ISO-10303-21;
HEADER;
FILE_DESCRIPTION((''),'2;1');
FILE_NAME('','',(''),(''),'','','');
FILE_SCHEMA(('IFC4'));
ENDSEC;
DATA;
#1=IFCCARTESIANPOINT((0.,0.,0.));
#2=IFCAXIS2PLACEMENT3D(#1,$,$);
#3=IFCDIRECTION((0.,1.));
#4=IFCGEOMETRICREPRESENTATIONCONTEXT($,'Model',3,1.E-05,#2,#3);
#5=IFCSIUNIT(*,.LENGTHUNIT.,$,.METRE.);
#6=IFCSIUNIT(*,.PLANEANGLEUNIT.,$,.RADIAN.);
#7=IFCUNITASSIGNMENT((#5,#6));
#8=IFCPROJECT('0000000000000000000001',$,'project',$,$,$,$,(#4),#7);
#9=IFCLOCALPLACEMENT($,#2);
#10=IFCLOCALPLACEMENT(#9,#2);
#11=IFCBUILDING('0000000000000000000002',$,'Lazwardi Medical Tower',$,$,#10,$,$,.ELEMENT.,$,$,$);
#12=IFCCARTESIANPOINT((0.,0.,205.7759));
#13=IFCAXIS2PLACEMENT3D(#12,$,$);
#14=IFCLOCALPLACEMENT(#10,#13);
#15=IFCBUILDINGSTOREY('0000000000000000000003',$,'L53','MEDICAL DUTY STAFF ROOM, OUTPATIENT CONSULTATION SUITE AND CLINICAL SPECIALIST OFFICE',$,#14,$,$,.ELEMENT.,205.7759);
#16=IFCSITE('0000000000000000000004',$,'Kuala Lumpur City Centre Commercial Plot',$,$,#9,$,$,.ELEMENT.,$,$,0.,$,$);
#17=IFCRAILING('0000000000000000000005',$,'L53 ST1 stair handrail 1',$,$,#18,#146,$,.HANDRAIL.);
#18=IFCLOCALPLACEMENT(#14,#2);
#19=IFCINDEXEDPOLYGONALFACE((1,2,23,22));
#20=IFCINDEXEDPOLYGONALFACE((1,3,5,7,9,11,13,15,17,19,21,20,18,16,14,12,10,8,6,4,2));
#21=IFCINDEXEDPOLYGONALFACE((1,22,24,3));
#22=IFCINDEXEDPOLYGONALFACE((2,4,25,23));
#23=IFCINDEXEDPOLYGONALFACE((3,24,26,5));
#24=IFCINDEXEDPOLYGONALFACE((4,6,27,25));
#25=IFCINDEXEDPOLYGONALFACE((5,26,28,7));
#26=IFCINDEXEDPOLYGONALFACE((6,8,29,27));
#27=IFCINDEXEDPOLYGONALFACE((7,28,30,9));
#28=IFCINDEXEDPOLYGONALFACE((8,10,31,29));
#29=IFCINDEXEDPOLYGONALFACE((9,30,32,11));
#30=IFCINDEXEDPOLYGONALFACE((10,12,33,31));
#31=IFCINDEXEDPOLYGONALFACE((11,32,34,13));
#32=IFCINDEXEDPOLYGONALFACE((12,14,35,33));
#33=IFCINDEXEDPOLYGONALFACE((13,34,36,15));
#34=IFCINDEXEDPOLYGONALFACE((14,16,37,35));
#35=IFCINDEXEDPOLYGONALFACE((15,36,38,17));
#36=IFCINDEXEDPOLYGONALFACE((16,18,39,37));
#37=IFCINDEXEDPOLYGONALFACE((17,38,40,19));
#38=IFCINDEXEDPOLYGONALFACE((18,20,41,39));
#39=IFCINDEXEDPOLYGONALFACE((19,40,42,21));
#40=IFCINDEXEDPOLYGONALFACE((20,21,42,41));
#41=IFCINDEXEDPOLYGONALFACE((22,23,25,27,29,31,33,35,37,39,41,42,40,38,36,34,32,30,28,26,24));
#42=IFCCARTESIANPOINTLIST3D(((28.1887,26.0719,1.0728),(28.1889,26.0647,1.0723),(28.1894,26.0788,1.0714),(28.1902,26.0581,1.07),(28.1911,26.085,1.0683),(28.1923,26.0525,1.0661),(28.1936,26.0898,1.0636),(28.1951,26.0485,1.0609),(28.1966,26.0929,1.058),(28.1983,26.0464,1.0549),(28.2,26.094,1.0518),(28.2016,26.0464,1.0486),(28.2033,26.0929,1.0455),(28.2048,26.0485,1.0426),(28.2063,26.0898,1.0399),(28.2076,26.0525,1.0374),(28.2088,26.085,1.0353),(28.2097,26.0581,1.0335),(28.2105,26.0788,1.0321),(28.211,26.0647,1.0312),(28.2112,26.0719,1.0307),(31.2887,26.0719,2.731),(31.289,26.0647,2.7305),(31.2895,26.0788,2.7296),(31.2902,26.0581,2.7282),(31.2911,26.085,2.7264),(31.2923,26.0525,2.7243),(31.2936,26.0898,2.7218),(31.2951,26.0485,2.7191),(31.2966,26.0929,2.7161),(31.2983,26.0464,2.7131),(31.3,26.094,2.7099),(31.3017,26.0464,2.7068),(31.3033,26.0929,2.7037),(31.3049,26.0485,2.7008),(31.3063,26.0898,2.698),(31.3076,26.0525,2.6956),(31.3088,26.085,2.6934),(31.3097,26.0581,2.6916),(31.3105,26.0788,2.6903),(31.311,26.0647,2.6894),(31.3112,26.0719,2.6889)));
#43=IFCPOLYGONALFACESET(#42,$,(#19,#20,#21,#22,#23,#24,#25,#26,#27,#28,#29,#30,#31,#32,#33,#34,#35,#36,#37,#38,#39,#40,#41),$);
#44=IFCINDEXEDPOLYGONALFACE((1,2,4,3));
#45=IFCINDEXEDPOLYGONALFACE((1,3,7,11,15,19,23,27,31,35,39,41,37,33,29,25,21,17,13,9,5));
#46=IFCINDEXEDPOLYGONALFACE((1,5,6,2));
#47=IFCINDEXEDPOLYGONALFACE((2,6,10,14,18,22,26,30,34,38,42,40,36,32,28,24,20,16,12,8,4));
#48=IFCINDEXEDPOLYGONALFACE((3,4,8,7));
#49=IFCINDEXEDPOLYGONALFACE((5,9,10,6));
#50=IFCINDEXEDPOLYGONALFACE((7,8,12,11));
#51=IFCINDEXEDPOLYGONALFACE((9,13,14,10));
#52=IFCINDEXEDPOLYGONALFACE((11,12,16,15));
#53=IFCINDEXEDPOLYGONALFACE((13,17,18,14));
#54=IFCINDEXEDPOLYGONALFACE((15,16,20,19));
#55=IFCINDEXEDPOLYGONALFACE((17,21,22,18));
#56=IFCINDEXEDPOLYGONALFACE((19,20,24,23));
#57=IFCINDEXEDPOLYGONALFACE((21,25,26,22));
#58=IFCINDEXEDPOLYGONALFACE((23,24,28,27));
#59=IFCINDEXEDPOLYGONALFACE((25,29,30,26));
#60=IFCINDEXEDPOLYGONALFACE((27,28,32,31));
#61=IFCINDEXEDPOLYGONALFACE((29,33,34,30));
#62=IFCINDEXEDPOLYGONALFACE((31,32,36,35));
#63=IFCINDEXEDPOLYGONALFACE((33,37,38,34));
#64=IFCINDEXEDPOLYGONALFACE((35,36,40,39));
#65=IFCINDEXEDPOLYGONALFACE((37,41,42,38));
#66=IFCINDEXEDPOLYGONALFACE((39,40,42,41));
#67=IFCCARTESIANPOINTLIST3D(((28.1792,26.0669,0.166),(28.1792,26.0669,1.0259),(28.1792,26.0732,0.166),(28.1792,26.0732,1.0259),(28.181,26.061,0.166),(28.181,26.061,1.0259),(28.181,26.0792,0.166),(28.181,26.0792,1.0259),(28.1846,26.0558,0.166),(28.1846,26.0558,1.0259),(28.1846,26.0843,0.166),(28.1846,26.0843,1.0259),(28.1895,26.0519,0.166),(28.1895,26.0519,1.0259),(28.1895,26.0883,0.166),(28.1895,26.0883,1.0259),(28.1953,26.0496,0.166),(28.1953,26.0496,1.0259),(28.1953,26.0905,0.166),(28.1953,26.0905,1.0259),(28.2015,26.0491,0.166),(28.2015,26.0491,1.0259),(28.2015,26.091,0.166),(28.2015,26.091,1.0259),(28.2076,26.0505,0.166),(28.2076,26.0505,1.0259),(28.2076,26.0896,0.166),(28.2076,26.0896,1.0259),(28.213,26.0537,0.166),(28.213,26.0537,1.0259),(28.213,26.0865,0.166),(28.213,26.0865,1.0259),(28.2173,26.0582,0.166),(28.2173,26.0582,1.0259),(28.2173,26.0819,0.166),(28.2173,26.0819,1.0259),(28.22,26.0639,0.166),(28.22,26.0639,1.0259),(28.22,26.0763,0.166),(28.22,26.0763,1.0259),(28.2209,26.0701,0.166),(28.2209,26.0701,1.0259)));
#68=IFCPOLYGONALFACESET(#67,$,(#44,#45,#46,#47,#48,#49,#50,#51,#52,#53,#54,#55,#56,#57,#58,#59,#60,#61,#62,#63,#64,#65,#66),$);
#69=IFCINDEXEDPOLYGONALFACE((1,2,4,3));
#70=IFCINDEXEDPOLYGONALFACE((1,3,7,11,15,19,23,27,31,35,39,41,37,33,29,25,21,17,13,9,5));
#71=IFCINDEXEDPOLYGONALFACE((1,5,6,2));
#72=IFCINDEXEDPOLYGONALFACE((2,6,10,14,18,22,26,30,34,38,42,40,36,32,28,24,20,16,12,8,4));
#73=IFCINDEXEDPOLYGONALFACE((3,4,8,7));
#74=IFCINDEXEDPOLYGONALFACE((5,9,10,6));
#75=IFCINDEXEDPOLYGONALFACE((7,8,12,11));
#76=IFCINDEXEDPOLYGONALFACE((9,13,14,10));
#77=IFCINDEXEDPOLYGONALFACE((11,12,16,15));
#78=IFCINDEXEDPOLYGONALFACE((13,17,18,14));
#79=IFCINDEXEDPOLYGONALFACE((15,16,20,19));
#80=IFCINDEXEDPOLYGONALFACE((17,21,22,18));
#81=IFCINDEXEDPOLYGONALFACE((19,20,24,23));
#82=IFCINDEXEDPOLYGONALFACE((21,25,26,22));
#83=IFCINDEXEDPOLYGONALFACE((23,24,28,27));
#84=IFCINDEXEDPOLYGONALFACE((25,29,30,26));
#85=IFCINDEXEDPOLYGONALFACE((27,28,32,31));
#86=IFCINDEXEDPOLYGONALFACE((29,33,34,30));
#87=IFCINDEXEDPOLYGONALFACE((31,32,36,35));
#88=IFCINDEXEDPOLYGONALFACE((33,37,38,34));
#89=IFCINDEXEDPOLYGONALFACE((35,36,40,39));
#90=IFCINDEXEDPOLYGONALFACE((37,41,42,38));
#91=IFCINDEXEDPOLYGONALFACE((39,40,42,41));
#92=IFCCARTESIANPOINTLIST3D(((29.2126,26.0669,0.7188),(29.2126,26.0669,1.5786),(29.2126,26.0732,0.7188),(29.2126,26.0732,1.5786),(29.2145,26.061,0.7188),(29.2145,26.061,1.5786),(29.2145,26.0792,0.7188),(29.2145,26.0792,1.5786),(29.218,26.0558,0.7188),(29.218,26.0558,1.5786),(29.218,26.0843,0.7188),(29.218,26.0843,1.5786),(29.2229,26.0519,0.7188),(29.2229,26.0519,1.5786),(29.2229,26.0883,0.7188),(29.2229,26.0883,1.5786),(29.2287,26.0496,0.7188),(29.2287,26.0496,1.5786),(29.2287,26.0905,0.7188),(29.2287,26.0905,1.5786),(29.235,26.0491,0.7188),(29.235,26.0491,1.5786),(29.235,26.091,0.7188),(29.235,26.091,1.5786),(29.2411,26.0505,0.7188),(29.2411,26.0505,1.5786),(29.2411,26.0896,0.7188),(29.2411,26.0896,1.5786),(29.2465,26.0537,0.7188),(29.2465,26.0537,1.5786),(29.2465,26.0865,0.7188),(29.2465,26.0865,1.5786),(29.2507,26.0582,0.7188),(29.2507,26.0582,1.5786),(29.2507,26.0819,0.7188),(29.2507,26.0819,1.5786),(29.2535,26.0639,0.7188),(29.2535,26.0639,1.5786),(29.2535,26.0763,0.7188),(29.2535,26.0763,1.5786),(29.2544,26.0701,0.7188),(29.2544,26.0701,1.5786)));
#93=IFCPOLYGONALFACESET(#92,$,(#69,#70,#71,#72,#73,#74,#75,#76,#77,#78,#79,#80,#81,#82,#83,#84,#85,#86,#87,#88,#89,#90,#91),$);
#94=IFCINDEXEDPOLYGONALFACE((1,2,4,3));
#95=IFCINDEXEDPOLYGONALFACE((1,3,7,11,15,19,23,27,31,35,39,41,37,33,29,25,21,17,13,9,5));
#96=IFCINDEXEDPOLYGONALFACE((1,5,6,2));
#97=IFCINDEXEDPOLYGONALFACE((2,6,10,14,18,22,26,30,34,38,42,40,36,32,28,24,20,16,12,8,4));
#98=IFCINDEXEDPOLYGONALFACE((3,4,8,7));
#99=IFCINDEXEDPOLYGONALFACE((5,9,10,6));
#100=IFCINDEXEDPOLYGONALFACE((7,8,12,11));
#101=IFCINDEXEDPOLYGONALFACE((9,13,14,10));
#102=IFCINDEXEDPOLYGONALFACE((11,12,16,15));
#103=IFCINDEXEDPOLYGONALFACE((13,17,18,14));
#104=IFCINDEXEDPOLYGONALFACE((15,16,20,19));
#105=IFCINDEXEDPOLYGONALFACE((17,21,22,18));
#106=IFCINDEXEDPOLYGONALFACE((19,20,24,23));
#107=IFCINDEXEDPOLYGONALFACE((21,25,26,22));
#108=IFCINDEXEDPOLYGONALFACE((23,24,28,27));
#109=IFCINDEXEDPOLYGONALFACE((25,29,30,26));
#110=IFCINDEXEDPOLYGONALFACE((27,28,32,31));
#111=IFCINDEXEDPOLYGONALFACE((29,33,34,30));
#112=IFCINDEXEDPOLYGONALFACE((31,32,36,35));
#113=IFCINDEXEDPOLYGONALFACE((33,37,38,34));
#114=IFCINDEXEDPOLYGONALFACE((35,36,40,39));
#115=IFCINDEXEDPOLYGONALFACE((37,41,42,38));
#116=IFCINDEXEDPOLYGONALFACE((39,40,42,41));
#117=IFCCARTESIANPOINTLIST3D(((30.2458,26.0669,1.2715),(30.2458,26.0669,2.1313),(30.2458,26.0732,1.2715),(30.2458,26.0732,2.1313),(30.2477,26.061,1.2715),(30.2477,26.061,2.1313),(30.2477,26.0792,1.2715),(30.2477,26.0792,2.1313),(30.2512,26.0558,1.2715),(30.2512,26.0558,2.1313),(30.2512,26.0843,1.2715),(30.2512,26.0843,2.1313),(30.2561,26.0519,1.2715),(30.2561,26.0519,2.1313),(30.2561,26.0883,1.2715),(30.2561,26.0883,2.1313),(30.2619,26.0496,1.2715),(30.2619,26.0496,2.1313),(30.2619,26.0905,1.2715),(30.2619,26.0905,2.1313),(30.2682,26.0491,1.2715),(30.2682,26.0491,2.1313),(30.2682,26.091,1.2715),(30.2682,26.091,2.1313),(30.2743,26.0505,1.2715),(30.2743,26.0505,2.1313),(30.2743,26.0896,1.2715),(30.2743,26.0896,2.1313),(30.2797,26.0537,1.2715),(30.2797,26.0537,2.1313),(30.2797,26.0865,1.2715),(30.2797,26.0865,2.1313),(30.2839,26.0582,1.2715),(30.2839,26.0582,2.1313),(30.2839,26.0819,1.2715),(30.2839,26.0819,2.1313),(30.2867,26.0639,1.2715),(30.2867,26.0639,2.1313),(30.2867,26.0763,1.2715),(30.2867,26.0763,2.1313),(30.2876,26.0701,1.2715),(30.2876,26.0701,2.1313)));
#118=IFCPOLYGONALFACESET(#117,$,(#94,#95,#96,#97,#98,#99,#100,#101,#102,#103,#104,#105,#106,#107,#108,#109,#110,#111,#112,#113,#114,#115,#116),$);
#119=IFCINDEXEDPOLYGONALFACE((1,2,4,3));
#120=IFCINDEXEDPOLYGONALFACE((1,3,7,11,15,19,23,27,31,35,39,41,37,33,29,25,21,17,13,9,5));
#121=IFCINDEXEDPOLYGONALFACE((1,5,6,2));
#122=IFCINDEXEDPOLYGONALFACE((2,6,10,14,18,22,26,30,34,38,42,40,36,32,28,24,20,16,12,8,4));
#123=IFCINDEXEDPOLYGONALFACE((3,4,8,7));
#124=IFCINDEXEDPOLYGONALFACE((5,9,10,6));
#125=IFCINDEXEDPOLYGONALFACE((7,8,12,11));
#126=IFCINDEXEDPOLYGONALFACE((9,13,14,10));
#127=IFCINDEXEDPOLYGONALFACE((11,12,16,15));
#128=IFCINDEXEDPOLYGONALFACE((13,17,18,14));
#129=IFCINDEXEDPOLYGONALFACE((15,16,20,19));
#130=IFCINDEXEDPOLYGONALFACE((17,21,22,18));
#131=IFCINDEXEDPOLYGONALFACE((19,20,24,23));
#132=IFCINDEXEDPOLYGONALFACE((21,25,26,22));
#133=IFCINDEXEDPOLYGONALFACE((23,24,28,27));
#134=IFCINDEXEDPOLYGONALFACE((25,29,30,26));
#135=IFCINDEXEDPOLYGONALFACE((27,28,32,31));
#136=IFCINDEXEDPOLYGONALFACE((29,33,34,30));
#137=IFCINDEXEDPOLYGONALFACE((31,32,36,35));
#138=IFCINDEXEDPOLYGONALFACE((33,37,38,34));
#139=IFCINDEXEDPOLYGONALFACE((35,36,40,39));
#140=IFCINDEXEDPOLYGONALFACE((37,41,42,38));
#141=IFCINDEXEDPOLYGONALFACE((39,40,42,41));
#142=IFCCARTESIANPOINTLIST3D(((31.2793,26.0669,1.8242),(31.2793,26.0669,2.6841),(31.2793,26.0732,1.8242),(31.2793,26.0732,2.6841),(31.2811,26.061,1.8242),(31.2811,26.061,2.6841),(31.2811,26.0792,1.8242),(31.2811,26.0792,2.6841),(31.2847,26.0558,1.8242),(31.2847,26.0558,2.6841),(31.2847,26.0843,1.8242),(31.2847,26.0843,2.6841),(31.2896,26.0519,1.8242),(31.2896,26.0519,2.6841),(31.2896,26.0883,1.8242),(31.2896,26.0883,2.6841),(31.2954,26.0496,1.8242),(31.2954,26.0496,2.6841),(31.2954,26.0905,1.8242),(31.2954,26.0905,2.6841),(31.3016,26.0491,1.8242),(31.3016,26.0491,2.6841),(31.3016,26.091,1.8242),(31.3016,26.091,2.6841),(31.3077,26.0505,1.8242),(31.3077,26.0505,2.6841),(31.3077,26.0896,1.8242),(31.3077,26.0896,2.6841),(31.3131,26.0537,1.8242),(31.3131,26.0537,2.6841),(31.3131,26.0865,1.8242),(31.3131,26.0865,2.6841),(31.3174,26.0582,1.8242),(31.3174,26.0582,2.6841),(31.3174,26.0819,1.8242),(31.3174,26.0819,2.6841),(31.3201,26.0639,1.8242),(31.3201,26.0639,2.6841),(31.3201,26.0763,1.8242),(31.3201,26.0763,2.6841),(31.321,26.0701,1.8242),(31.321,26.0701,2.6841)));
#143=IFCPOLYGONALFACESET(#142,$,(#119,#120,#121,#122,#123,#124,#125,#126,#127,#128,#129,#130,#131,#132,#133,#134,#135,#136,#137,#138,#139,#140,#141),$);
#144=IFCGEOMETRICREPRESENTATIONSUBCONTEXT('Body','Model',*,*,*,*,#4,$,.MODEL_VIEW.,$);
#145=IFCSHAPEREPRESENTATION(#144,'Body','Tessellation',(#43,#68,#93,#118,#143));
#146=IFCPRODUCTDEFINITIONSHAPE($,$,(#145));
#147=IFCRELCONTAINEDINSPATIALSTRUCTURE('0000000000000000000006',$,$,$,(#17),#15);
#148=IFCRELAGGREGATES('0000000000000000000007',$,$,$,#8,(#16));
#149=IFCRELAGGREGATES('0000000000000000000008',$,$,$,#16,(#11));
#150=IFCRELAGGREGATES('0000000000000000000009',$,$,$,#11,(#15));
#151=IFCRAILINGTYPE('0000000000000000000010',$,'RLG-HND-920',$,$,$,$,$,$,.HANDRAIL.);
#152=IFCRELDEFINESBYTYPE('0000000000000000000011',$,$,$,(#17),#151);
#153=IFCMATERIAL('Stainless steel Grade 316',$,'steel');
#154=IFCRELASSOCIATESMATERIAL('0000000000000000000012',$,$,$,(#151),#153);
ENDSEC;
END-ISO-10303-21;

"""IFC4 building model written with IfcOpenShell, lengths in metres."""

from ifc_helpers import new_model, si_unit, direction, frame, origin, origin_2d, place, context, subcontext, project, spatial, circle, extrude, material, type_object, element, save


model = new_model("IFC4")

# Units and contexts
model_context = context("Model", 3, precision=1e-05, world=origin(), true_north=direction((0.0, 1.0)))
body_context = subcontext(model_context, "Body", "Model", "MODEL_VIEW")
ifc_project = project(units=[si_unit("LENGTHUNIT", "METRE"), si_unit("PLANEANGLEUNIT", "RADIAN")], contexts=[model_context])

# Site, building, storey
site_placement = place(None, origin())
site = spatial("IfcSite", under=ifc_project, at=site_placement, Name="Kuala Lumpur City Centre Commercial Plot", CompositionType="ELEMENT", RefElevation=0.0)
building_placement = place(site_placement, origin())
building = spatial("IfcBuilding", under=site, at=building_placement, Name="Lazwardi Medical Tower", CompositionType="ELEMENT")
storey_placement = place(building_placement, frame((0.0, 0.0, 205.7759)))
storey = spatial("IfcBuildingStorey", under=building, at=storey_placement, Name="L53", Description="MEDICAL DUTY STAFF ROOM, OUTPATIENT CONSULTATION SUITE AND CLINICAL SPECIALIST OFFICE", CompositionType="ELEMENT", Elevation=205.7759)

# Railing
ifc_material_1 = material(Name="Stainless steel Grade 316", Category="steel")
railing_type_1 = type_object("IfcRailingType", Name="RLG-HND-920", PredefinedType="HANDRAIL", material=ifc_material_1)
railing_1_placement = place(storey_placement, frame((28.2, 26.0701, 0.166)))
element("IfcRailing", 1, at=railing_1_placement, inside=storey, type_object=railing_type_1, Name="L53 ST1 stair handrail 1", PredefinedType="HANDRAIL", context=body_context, shape_type="SweptSolid", body=[
    extrude(circle(Radius=0.0239, at=origin_2d()), frame((0.0, 0.0, 0.8857), z_axis=(0.881783, 0.0, 0.471655), x_axis=(0.0, 1.0, 0.0)), (0.0, 0.0, 1.0), 3.5156),
    extrude(circle(Radius=0.021, at=origin_2d()), origin(), (0.0, 0.0, 1.0), 0.8599),
    extrude(circle(Radius=0.021, at=origin_2d()), frame((1.0334, 0.0, 0.5527)), (0.0, 0.0, 1.0), 0.8599),
    extrude(circle(Radius=0.021, at=origin_2d()), frame((2.0667, 0.0, 1.1055)), (0.0, 0.0, 1.0), 0.8599),
    extrude(circle(Radius=0.021, at=origin_2d()), frame((3.1001, 0.0, 1.6582)), (0.0, 0.0, 1.0), 0.8599),
])

save(model, "model.ifc")
